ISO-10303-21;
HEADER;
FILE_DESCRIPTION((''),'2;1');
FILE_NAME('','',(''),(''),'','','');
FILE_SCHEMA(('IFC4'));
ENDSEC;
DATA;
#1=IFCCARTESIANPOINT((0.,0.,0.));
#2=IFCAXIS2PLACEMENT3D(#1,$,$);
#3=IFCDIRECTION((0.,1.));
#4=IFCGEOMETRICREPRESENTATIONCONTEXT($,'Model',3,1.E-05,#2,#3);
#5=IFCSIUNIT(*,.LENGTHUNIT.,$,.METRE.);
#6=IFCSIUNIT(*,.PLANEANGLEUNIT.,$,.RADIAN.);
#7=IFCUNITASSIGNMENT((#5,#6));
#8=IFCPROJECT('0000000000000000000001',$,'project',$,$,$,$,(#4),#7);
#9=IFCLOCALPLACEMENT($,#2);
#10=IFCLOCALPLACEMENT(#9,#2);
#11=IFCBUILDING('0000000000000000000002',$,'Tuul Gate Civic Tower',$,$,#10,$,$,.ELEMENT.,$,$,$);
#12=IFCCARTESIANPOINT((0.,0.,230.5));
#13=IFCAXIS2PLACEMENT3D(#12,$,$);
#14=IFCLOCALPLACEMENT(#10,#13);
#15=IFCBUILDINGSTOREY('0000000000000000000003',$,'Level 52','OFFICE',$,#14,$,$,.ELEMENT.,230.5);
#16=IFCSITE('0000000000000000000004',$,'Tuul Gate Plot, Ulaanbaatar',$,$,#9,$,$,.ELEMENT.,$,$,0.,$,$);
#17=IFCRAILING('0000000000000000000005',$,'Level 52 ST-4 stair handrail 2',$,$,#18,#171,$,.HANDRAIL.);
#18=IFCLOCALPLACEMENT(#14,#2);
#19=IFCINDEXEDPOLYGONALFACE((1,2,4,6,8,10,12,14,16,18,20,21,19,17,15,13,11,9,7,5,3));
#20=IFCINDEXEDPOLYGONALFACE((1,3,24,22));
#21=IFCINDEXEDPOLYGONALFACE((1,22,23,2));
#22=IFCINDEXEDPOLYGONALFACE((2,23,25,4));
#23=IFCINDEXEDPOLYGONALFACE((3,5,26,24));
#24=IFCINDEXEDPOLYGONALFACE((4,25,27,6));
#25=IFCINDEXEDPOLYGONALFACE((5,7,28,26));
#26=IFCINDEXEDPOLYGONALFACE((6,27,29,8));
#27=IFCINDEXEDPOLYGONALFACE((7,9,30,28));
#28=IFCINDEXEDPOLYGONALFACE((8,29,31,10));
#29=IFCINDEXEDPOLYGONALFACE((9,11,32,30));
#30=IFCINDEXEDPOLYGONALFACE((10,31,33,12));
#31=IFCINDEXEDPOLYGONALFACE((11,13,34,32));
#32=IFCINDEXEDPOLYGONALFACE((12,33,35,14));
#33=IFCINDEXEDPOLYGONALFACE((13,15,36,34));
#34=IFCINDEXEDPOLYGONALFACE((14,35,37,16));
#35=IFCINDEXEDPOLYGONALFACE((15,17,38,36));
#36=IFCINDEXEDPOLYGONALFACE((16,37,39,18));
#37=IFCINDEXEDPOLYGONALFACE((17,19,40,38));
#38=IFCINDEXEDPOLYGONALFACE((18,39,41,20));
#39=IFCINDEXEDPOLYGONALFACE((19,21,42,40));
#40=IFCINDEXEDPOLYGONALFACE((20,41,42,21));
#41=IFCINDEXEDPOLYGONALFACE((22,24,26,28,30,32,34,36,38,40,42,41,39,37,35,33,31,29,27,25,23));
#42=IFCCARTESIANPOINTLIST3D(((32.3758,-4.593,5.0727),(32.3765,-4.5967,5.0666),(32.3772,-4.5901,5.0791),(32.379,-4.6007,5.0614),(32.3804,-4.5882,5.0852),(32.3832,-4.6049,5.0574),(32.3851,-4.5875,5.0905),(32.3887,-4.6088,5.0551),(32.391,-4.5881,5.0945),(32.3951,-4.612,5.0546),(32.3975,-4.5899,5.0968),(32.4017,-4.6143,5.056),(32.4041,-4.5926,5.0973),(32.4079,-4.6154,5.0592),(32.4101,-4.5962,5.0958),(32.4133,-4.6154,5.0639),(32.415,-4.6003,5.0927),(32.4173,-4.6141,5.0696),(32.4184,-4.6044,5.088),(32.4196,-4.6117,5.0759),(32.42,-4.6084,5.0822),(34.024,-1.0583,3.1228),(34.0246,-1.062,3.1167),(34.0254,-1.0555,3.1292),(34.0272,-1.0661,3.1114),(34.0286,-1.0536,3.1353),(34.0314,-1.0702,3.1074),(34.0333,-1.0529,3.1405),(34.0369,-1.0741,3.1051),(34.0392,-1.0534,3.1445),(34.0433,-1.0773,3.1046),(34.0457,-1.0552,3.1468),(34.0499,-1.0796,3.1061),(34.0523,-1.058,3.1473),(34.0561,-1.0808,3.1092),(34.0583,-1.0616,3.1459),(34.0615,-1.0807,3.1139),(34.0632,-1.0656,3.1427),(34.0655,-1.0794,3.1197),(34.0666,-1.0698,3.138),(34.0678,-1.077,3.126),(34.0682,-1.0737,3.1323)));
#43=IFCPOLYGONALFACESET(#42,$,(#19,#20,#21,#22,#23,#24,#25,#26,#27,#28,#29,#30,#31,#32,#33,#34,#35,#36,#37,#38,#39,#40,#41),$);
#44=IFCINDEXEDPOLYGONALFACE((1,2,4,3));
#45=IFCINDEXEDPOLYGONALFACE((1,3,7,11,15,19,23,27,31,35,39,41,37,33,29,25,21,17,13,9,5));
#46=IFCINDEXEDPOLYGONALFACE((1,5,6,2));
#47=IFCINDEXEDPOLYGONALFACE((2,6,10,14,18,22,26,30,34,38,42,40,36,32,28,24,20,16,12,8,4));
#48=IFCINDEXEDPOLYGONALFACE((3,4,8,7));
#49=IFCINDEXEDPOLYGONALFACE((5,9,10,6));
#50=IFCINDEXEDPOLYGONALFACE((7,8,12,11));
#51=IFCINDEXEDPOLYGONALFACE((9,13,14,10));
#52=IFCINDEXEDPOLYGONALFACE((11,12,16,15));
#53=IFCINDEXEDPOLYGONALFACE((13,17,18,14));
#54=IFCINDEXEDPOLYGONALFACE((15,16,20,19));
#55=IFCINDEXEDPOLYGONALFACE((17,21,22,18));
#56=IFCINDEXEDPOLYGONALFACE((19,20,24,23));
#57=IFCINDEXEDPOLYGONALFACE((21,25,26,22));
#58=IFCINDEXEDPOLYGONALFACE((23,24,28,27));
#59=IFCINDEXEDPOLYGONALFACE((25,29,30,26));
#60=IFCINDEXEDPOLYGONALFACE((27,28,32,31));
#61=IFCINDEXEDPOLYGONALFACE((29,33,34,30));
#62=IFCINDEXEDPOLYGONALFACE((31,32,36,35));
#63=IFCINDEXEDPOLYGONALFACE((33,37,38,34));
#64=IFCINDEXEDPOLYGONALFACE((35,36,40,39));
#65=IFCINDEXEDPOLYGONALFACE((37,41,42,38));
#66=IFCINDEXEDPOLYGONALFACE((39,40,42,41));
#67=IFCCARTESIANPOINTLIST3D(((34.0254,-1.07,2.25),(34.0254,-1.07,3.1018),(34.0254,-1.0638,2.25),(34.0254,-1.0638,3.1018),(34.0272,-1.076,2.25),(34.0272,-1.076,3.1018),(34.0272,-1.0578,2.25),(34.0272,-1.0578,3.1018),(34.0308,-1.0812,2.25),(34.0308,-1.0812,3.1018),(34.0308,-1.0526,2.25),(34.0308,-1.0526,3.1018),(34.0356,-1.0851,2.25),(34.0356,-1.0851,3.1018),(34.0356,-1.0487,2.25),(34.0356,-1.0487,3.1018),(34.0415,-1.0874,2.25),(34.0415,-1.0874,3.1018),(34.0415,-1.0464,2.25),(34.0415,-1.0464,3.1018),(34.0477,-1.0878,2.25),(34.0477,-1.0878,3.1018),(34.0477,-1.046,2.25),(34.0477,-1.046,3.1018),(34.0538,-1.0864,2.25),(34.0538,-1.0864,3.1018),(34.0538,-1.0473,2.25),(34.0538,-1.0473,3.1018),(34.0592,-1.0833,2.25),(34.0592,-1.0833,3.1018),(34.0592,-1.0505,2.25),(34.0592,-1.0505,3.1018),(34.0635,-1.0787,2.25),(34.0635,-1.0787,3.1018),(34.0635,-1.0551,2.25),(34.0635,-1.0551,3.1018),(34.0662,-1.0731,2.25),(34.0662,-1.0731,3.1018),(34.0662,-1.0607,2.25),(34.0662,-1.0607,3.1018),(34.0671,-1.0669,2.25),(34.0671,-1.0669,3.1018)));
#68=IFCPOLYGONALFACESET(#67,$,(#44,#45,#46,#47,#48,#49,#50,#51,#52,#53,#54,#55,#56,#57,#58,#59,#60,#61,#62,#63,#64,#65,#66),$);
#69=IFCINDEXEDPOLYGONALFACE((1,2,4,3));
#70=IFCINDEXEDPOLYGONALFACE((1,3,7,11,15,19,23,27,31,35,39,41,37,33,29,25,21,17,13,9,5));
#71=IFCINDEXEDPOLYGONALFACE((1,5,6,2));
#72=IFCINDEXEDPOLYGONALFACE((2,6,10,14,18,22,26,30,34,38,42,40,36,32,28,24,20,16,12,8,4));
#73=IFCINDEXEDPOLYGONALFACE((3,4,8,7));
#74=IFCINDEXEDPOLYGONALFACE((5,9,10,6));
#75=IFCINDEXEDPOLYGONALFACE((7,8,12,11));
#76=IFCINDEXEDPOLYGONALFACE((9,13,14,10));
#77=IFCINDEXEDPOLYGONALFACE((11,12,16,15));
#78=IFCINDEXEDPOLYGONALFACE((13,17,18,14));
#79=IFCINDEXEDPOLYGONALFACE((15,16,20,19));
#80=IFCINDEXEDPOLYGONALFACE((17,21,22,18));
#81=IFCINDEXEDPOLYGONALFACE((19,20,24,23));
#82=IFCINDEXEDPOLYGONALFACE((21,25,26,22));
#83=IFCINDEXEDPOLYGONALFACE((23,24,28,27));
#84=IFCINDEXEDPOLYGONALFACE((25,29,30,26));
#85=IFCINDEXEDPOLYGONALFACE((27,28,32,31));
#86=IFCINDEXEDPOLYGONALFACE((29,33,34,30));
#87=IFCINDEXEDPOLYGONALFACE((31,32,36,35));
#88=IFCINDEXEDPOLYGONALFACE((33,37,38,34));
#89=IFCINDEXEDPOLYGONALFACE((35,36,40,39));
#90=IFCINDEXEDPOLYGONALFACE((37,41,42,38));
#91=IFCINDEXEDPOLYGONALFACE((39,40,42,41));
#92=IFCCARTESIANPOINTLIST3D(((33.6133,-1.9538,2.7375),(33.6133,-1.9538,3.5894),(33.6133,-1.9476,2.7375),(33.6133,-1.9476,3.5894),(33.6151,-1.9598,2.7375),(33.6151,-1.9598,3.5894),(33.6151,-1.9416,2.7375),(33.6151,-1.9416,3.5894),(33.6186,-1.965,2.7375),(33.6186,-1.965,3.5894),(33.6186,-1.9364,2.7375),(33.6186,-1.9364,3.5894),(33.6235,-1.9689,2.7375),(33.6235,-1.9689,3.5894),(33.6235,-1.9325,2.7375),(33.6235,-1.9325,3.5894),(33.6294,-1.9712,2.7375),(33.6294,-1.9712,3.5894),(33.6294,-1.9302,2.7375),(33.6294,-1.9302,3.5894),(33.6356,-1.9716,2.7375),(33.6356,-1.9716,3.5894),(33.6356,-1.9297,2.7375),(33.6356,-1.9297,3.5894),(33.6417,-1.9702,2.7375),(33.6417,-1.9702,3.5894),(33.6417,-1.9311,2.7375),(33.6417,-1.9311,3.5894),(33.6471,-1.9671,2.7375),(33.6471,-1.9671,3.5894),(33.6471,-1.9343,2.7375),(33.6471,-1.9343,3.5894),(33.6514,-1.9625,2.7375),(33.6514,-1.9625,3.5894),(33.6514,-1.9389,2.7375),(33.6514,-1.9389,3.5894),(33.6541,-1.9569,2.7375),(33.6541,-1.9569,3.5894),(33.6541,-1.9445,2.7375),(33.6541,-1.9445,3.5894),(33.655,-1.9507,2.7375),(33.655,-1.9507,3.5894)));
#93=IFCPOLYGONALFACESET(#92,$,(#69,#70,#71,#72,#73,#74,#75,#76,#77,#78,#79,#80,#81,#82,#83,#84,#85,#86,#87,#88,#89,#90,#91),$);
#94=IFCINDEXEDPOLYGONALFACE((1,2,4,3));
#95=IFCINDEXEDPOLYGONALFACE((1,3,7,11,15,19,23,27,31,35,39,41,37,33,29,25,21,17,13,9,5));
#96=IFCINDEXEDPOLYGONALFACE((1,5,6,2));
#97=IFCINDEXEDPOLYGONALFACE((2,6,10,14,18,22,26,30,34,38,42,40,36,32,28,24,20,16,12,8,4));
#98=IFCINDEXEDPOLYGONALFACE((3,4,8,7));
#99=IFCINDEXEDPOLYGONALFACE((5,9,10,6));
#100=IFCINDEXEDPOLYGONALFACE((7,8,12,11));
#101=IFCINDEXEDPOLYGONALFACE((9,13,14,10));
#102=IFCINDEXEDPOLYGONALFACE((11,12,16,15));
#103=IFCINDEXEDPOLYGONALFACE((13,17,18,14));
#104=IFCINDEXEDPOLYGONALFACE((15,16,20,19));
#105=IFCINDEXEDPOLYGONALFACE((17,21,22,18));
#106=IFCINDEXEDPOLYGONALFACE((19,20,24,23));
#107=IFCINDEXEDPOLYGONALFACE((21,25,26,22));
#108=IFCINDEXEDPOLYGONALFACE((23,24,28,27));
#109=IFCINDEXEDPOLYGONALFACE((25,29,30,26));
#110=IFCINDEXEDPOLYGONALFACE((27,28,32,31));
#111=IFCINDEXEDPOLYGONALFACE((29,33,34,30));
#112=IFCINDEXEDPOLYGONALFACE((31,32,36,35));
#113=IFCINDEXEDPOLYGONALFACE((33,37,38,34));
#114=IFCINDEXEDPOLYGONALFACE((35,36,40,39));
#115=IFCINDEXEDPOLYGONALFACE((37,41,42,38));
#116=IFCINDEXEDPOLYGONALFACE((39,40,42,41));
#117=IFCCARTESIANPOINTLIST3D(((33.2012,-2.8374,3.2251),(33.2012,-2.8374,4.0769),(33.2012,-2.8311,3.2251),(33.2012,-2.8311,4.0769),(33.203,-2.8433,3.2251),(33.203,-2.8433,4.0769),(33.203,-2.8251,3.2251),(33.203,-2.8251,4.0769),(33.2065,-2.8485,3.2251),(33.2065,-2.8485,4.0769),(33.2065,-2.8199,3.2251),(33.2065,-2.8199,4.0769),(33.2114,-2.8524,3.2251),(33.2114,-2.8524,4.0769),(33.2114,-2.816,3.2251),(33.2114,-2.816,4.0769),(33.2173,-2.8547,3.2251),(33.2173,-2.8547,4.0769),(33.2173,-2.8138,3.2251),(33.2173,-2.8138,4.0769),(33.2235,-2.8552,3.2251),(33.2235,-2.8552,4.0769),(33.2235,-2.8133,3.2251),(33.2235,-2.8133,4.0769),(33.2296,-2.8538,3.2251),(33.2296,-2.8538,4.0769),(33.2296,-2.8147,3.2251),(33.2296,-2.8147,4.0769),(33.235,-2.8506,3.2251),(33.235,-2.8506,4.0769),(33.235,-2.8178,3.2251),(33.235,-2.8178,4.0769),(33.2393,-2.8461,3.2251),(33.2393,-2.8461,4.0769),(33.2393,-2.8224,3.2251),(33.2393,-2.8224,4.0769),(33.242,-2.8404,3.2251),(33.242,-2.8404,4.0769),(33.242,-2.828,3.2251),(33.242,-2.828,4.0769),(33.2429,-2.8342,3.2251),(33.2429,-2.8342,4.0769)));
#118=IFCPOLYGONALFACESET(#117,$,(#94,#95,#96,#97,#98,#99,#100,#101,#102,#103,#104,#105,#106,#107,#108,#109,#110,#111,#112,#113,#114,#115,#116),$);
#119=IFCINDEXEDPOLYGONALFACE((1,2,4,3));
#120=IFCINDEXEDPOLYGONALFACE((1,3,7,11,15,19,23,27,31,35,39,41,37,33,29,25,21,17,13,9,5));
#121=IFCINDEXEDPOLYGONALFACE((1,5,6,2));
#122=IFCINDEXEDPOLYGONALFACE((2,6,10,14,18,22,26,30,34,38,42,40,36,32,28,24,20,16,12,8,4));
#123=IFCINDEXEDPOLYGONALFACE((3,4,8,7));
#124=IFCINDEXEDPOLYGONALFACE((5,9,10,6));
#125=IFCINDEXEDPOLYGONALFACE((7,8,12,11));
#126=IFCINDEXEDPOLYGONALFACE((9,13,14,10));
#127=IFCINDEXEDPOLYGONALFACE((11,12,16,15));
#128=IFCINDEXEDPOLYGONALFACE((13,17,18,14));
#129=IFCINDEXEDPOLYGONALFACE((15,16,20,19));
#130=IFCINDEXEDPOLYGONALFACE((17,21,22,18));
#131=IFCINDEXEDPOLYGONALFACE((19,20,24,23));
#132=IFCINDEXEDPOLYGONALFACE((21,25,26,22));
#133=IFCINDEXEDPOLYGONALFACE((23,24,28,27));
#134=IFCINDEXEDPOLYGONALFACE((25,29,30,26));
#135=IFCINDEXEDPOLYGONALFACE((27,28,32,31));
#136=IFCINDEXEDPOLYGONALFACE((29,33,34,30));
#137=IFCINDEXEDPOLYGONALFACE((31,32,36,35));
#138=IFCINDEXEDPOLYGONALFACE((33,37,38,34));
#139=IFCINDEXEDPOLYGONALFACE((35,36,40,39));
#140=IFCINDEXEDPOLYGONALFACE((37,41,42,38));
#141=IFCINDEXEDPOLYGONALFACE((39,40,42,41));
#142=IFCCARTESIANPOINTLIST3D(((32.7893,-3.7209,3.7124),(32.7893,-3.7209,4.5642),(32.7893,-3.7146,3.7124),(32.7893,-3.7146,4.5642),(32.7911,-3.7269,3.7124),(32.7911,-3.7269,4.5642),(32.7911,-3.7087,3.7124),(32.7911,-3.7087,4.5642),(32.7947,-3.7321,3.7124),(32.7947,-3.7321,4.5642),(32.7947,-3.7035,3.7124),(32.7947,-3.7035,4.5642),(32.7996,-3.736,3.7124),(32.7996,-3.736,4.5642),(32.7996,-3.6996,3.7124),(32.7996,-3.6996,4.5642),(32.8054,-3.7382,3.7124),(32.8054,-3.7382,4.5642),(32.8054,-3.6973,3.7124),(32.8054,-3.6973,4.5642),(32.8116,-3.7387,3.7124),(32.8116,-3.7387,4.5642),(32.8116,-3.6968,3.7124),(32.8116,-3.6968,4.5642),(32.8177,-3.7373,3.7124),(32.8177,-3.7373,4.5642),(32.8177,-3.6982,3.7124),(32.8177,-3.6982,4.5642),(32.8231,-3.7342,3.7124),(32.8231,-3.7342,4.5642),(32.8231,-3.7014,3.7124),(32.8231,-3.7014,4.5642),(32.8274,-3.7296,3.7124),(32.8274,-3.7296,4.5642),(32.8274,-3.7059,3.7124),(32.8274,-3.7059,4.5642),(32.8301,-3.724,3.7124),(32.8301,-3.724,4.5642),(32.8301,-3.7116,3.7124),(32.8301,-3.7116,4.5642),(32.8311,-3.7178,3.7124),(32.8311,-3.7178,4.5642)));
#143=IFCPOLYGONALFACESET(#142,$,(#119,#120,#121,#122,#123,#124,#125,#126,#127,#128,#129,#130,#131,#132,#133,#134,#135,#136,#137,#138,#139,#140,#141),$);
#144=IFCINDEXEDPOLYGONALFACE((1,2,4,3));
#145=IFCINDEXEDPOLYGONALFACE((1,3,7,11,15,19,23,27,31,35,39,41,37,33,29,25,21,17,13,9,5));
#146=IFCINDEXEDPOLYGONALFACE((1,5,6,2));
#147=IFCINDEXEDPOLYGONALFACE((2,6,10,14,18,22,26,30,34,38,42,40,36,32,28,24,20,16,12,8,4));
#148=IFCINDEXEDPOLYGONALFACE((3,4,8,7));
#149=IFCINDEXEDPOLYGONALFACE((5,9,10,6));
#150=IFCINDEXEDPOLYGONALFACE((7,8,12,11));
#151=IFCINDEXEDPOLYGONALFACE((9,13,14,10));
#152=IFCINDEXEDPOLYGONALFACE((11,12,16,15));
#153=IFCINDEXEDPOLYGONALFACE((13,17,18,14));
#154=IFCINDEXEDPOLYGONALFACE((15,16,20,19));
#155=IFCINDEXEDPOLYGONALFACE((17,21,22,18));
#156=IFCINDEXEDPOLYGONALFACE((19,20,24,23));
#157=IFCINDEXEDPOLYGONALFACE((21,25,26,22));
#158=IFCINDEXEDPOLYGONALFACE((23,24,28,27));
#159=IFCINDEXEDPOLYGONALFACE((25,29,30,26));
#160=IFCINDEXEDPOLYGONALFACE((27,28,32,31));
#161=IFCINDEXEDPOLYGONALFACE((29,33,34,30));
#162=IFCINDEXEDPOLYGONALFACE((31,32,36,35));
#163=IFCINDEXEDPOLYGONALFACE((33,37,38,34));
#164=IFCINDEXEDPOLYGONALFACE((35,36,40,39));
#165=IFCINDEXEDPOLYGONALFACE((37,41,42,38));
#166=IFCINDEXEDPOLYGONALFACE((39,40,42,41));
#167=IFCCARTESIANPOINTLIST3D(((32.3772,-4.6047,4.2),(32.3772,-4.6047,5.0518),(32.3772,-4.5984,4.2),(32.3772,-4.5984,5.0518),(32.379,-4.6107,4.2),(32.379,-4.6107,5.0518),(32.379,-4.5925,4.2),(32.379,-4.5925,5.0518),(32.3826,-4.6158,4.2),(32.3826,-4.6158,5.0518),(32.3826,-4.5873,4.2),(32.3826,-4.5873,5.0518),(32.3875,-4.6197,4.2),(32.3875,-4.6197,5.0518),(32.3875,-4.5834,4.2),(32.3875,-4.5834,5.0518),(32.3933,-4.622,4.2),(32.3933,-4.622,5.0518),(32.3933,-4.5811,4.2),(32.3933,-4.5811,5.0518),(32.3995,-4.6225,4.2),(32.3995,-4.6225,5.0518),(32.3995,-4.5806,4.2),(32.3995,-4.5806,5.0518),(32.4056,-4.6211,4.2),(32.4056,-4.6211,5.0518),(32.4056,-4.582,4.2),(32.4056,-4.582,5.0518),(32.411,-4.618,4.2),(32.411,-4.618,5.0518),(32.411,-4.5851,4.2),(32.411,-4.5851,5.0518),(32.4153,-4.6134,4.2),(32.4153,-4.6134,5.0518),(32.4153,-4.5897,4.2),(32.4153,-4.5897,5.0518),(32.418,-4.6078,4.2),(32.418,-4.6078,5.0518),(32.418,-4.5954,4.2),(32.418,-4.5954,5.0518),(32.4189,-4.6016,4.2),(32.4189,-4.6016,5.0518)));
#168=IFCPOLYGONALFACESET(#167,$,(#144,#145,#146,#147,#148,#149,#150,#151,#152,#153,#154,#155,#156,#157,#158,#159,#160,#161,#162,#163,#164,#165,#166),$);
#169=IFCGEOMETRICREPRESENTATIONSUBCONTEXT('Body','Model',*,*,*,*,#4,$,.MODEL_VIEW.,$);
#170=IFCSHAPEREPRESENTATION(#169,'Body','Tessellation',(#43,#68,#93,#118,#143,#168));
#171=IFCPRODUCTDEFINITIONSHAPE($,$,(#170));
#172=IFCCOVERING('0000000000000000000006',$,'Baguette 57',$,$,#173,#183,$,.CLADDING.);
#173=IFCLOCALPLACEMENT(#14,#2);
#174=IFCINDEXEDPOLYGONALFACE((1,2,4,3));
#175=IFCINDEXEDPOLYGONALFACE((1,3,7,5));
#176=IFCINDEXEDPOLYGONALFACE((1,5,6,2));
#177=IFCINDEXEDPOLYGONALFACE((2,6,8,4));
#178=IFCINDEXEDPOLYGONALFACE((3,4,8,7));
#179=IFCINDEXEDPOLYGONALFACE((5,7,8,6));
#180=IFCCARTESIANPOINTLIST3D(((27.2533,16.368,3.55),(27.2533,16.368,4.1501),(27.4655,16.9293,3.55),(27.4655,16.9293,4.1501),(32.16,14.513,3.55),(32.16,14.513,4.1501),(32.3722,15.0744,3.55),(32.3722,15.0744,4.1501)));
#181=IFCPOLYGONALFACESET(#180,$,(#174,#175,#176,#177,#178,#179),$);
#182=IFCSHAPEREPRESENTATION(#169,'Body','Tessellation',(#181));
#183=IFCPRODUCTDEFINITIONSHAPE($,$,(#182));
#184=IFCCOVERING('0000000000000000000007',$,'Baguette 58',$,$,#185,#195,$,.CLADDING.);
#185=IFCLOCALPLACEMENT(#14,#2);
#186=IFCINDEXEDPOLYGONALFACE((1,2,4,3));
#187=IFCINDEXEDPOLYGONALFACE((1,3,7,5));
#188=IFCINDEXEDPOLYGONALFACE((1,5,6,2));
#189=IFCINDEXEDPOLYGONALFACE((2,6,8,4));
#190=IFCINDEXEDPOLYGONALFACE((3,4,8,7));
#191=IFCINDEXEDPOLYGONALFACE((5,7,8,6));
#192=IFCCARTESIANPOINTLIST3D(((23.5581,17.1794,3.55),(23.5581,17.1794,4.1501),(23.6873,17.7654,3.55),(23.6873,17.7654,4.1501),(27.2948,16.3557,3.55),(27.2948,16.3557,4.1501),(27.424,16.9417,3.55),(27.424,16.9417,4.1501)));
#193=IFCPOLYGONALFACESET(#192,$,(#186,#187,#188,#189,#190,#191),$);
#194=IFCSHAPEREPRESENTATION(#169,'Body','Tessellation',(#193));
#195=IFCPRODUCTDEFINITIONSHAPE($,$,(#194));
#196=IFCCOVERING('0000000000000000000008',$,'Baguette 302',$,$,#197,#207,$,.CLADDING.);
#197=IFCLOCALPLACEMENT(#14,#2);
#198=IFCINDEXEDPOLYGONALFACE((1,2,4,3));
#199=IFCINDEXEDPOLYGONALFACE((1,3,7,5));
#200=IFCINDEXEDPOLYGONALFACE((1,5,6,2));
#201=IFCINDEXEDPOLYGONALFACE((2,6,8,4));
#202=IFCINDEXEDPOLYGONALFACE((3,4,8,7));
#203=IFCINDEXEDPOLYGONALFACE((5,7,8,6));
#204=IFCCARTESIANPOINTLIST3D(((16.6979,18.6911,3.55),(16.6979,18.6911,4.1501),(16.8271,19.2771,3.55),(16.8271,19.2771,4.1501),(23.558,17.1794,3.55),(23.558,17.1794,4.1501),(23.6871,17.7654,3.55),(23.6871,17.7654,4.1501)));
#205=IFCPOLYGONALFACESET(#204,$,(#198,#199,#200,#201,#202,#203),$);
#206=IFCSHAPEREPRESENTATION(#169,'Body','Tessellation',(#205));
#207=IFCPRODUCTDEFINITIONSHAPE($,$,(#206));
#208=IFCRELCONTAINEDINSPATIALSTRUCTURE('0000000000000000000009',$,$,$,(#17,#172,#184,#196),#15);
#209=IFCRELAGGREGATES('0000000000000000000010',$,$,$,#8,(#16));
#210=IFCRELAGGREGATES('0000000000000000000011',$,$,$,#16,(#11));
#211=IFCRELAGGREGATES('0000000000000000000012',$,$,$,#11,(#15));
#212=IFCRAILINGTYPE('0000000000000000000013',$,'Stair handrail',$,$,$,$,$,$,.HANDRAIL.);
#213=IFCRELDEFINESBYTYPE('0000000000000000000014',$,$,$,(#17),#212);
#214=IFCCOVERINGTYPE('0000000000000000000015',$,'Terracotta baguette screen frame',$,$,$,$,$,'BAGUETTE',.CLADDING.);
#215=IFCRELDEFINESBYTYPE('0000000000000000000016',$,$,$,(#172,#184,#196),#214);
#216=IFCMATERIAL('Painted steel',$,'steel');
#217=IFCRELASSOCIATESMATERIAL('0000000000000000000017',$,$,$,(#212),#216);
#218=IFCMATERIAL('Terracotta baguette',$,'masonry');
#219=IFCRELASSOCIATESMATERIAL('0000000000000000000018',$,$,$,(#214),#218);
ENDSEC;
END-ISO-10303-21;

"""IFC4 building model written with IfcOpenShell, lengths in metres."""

from ifc_helpers import new_model, si_unit, direction, frame, origin, origin_2d, place, context, subcontext, project, spatial, rectangle, circle, extrude, material, material_profile, profile_set, type_object, element, save


model = new_model("IFC4")

# Units and contexts
model_context = context("Model", 3, precision=1e-05, world=origin(), true_north=direction((0.0, 1.0)))
body_context = subcontext(model_context, "Body", "Model", "MODEL_VIEW")
ifc_project = project(units=[si_unit("LENGTHUNIT", "METRE"), si_unit("PLANEANGLEUNIT", "RADIAN")], contexts=[model_context])

# Site, building, storey
site_placement = place(None, origin())
site = spatial("IfcSite", under=ifc_project, at=site_placement, Name="Tuul Gate Plot, Ulaanbaatar", CompositionType="ELEMENT", RefElevation=0.0)
building_placement = place(site_placement, origin())
building = spatial("IfcBuilding", under=site, at=building_placement, Name="Tuul Gate Civic Tower", CompositionType="ELEMENT")
storey_placement = place(building_placement, frame((0.0, 0.0, 230.5)))
storey = spatial("IfcBuildingStorey", under=building, at=storey_placement, Name="Level 52", Description="OFFICE", CompositionType="ELEMENT", Elevation=230.5)

# Railing
ifc_material_1 = material(Name="Painted steel", Category="steel")
railing_type = type_object("IfcRailingType", Name="Stair handrail", PredefinedType="HANDRAIL", material=ifc_material_1)
railing_placement = place(storey_placement, frame((34.0461, -1.0669, 2.25)))
element("IfcRailing", 1, at=railing_placement, inside=storey, type_object=railing_type, Name="Level 52 ST-4 stair handrail 2", PredefinedType="HANDRAIL", context=body_context, shape_type="SweptSolid", body=[
    extrude(circle(Radius=0.0239, at=origin_2d()), frame((0.0, 0.0, 0.876), z_axis=(-0.377995, -0.810637, 0.4472), x_axis=(0.906313, -0.422608, 0.0)), (0.0, 0.0, 1.0), 4.3604),
    extrude(circle(Radius=0.021, at=origin_2d()), origin(), (0.0, 0.0, 1.0), 0.8518),
    extrude(circle(Radius=0.021, at=origin_2d()), frame((-0.4121, -0.8838, 0.4875)), (0.0, 0.0, 1.0), 0.8518),
    extrude(circle(Radius=0.021, at=origin_2d()), frame((-0.8242, -1.7673, 0.9751)), (0.0, 0.0, 1.0), 0.8518),
    extrude(circle(Radius=0.021, at=origin_2d()), frame((-1.2361, -2.6509, 1.4624)), (0.0, 0.0, 1.0), 0.8518),
    extrude(circle(Radius=0.021, at=origin_2d()), frame((-1.6482, -3.5347, 1.95)), (0.0, 0.0, 1.0), 0.8518),
])

# Coverings
ifc_material_2 = material(Name="Terracotta baguette", Category="masonry")
ifc_material_profile_1 = material_profile(ifc_material_2, rectangle(XDim=0.6001, YDim=0.6001, at=origin_2d()), Name="Terracotta baguette screen frame")
ifc_profile_set_1 = profile_set([ifc_material_profile_1], Name="Terracotta baguette")
covering_type = type_object("IfcCoveringType", Name="Terracotta baguette screen frame", ElementType="BAGUETTE", PredefinedType="CLADDING", material=ifc_profile_set_1)
covering_1_placement = place(storey_placement, frame((32.2661, 14.7937, 3.8501), z_axis=(-0.935389, 0.353621, 0.0), x_axis=(-0.353621, -0.935389, 0.0)))
element("IfcCovering", 2, at=covering_1_placement, inside=storey, type_object=covering_type, Name="Baguette 57", PredefinedType="CLADDING", context=body_context, shape_type="SweptSolid", body=[
    extrude(rectangle(XDim=0.6001, YDim=0.6001, at=origin_2d()), origin(), (0.0, 0.0, 1.0), 5.2456),
])
covering_2_placement = place(storey_placement, frame((27.3594, 16.6487, 3.8501), z_axis=(-0.976555, 0.215268, 0.0), x_axis=(-0.215268, -0.976555, 0.0)))
element("IfcCovering", 3, at=covering_2_placement, inside=storey, type_object=covering_type, Name="Baguette 58", PredefinedType="CLADDING", context=body_context, shape_type="SweptSolid", body=[
    extrude(rectangle(XDim=0.6001, YDim=0.6001, at=origin_2d()), origin(), (0.0, 0.0, 1.0), 3.8264),
])
covering_3_placement = place(storey_placement, frame((23.6226, 17.4724, 3.8501), z_axis=(-0.97657, 0.215201, 0.0), x_axis=(-0.215201, -0.97657, 0.0)))
element("IfcCovering", 4, at=covering_3_placement, inside=storey, type_object=covering_type, Name="Baguette 302", PredefinedType="CLADDING", context=body_context, shape_type="SweptSolid", body=[
    extrude(rectangle(XDim=0.6001, YDim=0.6001, at=origin_2d()), origin(), (0.0, 0.0, 1.0), 7.0247),
])

save(model, "model.ifc")
